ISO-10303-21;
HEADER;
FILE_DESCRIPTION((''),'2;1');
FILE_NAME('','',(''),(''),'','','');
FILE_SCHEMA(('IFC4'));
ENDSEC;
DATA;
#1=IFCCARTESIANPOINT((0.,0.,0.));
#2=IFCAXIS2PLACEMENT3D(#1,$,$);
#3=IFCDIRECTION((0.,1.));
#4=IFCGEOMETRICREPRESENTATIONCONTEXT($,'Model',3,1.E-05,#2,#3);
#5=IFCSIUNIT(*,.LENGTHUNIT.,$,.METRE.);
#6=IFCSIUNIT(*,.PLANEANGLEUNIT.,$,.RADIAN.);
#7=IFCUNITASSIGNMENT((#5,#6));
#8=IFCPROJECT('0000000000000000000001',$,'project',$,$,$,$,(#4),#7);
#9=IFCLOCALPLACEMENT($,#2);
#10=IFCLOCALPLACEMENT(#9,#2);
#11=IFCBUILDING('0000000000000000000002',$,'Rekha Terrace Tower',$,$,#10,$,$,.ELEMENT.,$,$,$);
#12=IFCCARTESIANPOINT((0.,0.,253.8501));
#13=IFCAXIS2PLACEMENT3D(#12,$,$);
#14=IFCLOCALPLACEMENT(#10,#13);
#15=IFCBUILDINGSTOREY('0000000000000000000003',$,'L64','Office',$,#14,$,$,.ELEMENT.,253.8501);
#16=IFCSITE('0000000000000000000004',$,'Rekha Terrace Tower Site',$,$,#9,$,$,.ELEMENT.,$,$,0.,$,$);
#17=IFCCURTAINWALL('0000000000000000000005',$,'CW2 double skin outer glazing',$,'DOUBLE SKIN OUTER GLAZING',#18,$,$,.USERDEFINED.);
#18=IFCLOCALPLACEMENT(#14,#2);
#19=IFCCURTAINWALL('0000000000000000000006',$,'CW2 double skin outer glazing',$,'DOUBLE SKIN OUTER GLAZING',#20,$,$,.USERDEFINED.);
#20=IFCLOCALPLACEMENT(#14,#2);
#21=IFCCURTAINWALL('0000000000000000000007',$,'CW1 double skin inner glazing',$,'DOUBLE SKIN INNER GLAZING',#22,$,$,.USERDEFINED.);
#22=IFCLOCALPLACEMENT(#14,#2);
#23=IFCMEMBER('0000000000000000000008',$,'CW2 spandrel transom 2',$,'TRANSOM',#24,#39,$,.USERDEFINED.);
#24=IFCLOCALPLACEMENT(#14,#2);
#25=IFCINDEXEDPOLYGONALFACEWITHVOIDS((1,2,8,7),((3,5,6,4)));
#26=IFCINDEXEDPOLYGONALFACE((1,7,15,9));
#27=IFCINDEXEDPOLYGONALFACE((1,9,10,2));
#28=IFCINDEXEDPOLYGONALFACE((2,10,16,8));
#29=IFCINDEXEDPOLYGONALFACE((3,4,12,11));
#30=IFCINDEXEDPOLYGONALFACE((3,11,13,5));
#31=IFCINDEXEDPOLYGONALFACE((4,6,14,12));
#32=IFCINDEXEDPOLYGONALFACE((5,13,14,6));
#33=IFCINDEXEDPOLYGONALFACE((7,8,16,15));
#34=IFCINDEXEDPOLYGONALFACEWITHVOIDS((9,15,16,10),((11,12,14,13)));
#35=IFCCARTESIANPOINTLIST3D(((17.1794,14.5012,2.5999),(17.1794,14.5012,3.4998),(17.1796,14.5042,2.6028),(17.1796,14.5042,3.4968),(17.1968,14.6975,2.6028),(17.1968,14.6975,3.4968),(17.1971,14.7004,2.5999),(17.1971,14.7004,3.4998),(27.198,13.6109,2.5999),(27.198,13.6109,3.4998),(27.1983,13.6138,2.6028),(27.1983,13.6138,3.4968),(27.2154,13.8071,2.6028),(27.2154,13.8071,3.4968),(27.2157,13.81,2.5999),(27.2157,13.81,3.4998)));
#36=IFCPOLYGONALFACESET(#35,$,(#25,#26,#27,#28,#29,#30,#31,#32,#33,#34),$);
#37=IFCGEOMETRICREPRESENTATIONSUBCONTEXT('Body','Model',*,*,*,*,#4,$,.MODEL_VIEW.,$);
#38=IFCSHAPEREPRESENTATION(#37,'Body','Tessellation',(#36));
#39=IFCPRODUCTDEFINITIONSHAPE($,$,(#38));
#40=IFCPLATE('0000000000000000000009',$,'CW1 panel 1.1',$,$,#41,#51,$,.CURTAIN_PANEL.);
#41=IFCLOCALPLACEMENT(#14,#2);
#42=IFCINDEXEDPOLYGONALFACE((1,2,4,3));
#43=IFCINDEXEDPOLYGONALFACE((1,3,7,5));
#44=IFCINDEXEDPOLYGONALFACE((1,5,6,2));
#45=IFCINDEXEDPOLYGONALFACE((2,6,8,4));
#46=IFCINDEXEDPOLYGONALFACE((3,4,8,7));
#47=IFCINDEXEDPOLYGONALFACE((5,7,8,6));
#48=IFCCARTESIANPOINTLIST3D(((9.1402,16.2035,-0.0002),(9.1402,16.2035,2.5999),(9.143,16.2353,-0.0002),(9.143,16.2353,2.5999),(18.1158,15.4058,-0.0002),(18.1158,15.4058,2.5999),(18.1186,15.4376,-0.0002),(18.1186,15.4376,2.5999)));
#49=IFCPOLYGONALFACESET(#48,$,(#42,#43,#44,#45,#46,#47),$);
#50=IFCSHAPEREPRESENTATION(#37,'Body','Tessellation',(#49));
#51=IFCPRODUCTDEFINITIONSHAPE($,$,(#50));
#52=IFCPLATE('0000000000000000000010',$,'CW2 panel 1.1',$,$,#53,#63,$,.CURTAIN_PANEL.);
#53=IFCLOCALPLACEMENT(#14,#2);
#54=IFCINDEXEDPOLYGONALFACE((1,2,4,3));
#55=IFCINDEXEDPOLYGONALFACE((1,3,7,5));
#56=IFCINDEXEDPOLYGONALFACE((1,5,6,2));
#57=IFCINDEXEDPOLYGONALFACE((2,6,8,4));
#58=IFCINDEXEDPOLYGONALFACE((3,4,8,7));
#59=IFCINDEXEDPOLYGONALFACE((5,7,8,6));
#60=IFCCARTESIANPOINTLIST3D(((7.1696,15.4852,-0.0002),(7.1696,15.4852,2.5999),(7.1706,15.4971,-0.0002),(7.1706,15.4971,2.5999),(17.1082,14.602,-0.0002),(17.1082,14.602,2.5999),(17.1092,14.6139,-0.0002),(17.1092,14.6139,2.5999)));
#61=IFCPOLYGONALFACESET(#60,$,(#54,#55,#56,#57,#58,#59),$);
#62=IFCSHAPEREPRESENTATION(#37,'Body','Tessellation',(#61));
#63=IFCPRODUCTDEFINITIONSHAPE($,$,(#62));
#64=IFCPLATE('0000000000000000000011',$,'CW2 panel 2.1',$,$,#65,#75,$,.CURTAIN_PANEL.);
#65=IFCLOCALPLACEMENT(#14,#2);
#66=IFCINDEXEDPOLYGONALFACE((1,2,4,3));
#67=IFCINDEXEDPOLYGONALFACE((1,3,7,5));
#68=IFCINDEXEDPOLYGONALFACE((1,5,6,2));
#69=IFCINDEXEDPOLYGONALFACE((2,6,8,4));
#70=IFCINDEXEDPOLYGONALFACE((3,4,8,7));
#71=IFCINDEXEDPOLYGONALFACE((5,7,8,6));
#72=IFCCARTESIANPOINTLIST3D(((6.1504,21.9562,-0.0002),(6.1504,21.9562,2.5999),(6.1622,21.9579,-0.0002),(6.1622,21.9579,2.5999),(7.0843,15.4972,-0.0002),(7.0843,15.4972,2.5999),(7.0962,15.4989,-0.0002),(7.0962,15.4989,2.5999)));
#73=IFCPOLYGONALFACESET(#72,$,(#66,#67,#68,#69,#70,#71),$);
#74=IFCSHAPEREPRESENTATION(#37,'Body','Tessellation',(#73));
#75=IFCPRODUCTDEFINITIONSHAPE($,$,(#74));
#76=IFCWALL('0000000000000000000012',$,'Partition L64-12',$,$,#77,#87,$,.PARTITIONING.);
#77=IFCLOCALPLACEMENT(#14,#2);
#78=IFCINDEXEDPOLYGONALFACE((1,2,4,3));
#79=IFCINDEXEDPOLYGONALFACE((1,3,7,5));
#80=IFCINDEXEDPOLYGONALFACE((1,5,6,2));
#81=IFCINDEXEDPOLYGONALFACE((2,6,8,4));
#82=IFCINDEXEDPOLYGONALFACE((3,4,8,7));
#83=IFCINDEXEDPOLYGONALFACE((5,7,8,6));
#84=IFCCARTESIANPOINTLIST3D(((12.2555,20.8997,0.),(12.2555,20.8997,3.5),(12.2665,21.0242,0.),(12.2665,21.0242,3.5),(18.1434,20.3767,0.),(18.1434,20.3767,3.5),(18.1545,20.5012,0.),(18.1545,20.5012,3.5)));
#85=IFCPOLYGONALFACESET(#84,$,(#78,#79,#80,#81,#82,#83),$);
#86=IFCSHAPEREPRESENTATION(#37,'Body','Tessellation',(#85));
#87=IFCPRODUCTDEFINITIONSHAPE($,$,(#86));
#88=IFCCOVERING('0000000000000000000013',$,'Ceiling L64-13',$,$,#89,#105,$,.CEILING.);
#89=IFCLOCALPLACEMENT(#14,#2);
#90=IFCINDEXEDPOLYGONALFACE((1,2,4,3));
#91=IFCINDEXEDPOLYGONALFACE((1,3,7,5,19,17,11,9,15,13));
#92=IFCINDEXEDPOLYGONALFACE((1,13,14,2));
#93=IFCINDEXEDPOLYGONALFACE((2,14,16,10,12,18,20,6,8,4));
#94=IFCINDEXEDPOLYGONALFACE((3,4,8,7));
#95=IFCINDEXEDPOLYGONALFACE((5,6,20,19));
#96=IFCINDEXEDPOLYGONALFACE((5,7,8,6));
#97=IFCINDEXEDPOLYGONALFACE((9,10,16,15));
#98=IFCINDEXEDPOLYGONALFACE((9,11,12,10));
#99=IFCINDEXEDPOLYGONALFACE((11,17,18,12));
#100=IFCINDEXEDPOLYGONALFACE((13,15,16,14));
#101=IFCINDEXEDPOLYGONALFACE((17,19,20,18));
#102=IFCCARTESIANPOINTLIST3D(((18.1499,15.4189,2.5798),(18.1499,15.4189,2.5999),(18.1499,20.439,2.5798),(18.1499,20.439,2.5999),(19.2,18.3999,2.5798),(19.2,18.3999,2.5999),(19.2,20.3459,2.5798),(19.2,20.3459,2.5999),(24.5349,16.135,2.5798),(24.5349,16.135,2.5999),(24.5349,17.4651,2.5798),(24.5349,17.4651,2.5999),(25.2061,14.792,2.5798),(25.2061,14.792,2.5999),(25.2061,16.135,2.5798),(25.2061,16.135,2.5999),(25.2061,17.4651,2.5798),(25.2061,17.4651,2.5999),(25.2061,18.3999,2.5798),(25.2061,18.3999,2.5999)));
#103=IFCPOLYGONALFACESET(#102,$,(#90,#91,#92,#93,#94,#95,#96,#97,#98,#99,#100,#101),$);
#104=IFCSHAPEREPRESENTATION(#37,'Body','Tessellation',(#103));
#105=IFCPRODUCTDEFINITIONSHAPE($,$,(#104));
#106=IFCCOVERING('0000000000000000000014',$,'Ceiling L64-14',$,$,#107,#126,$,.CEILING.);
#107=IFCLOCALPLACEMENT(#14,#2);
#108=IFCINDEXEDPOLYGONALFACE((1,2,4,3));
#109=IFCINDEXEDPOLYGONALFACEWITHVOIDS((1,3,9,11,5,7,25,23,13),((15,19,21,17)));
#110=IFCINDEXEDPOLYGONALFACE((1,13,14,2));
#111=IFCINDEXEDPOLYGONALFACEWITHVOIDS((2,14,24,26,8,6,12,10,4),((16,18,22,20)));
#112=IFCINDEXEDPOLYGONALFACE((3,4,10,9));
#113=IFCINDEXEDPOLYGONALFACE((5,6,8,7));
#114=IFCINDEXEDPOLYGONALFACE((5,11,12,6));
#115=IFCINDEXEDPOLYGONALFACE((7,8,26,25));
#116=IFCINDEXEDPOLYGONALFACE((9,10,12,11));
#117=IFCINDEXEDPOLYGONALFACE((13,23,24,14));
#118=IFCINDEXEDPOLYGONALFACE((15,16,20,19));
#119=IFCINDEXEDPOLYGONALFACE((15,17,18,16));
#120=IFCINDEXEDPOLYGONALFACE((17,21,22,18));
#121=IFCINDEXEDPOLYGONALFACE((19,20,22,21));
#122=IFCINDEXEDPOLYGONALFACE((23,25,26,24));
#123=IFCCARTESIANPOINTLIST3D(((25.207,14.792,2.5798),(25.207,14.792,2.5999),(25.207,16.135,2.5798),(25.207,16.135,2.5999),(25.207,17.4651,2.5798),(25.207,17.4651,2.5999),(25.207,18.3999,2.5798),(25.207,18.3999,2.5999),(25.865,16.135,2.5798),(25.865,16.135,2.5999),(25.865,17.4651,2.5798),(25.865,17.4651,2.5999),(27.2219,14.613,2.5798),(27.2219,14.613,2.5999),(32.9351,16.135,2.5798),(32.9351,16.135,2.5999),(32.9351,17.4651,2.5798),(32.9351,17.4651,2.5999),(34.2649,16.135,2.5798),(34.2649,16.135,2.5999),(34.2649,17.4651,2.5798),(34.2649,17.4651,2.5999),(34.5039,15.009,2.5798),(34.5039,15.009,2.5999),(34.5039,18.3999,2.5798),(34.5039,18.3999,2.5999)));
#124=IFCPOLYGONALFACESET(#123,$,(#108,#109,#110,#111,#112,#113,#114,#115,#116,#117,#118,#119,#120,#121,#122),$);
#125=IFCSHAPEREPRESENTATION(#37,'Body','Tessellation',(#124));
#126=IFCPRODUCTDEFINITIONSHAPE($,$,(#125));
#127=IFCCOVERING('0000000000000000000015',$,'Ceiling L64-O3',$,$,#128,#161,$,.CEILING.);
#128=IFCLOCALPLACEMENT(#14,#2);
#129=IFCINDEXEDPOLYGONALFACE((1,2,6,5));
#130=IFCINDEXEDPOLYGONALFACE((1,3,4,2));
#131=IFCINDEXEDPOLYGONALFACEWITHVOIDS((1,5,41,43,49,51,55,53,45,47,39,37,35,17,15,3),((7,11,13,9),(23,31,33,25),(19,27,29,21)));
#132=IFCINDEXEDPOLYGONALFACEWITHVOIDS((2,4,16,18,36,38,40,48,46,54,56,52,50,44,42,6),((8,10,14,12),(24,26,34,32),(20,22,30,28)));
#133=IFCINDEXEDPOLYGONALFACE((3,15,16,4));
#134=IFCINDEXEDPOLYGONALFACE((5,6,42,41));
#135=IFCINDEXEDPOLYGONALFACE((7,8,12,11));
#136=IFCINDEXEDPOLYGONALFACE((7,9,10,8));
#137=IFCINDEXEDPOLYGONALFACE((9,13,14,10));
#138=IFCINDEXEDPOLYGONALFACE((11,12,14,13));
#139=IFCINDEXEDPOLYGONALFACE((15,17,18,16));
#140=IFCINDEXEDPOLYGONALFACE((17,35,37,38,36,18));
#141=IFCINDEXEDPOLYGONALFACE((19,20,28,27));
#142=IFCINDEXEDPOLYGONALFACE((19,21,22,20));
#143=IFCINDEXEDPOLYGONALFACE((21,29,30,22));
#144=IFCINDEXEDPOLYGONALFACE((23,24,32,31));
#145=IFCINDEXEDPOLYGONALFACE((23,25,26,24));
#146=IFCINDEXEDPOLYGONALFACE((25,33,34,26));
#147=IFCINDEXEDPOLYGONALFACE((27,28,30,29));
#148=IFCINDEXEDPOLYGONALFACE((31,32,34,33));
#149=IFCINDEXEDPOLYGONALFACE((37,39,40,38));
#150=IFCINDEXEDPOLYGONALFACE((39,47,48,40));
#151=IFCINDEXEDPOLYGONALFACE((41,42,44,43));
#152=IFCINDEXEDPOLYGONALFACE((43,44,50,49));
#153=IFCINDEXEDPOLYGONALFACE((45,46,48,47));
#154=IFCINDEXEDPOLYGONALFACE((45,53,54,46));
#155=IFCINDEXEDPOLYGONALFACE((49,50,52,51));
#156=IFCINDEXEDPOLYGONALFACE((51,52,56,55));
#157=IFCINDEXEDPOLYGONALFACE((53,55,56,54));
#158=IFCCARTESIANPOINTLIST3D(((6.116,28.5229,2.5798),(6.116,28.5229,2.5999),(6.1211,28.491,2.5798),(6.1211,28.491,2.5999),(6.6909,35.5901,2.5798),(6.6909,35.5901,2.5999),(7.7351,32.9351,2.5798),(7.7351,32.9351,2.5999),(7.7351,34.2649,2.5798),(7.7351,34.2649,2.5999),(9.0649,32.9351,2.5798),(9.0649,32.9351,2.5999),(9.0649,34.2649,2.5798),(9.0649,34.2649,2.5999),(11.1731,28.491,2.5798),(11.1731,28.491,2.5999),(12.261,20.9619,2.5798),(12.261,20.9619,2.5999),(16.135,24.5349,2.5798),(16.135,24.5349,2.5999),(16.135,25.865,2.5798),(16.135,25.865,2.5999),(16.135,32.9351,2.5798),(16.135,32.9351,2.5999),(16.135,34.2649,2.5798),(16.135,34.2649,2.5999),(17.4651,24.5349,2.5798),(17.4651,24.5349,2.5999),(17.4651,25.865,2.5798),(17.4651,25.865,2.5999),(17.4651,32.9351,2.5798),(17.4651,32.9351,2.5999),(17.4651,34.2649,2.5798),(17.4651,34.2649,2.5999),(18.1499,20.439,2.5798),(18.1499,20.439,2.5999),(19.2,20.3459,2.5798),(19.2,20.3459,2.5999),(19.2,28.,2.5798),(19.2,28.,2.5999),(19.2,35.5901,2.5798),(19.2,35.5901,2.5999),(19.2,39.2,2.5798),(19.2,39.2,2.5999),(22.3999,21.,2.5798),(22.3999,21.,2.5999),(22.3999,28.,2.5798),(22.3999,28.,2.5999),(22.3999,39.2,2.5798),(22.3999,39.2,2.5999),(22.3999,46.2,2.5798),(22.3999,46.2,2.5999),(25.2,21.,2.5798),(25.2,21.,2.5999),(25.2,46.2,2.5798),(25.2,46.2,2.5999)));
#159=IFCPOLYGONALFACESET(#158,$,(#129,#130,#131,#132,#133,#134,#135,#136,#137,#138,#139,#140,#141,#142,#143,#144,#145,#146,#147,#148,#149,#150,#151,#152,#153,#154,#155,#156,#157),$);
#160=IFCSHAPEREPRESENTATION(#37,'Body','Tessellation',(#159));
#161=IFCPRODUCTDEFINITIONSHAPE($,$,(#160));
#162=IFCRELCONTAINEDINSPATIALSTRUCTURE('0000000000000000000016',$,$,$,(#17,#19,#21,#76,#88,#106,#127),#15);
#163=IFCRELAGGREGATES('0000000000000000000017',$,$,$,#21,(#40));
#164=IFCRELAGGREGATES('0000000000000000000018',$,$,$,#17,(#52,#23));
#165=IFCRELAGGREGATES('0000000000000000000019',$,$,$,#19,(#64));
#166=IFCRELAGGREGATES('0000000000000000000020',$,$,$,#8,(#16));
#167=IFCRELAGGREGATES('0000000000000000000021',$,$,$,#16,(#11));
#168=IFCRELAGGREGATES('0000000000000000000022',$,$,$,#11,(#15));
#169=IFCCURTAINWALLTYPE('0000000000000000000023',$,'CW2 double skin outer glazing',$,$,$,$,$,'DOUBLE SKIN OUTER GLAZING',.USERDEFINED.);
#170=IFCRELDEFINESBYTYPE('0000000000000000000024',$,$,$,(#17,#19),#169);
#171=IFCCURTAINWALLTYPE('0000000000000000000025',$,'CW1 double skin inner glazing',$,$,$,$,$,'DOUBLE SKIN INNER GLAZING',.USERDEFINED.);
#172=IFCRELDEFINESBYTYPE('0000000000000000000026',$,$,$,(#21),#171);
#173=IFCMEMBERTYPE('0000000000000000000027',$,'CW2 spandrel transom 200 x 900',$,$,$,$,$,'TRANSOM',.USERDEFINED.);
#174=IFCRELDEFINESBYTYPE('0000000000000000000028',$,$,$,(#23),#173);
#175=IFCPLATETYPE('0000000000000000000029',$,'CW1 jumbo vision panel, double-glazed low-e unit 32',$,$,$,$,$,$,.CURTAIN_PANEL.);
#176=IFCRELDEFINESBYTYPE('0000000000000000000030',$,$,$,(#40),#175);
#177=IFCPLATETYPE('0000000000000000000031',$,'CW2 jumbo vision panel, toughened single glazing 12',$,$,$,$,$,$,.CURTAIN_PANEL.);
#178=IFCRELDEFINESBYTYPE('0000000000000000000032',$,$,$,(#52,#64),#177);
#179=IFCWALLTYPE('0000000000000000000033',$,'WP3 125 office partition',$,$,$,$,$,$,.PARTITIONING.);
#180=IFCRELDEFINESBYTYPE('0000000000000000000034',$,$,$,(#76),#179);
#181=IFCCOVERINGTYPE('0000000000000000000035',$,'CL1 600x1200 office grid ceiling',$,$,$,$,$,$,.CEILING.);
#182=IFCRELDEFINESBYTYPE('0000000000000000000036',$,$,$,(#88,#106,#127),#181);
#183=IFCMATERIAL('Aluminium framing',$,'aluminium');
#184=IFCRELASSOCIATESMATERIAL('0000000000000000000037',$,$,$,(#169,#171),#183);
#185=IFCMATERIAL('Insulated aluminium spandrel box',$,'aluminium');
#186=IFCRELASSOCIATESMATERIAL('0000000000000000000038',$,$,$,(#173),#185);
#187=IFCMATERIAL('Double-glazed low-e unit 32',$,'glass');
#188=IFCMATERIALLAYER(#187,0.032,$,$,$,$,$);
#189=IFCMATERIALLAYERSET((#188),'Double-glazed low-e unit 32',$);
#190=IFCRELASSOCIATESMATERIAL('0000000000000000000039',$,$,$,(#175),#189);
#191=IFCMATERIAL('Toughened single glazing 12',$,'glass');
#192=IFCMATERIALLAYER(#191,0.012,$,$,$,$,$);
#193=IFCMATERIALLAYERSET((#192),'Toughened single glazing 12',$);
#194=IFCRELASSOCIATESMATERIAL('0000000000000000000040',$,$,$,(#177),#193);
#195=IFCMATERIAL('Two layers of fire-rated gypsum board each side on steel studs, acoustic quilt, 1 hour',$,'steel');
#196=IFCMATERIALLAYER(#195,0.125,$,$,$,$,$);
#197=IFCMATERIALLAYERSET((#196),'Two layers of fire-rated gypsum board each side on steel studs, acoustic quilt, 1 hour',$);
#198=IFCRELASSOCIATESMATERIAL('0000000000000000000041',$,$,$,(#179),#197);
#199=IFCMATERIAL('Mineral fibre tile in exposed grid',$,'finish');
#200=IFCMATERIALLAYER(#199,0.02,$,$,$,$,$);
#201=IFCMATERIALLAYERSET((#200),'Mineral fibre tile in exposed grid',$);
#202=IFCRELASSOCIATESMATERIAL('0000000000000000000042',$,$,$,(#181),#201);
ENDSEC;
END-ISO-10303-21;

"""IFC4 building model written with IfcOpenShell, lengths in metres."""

from ifc_helpers import new_model, si_unit, direction, frame, frame_2d, origin, origin_2d, place, context, subcontext, project, spatial, polyline, rectangle, hollow_rectangle, outline, extrude, material, layer, layer_set, material_profile, profile_set, type_object, element, aggregate, save


model = new_model("IFC4")

# Units and contexts
model_context = context("Model", 3, precision=1e-05, world=origin(), true_north=direction((0.0, 1.0)))
body_context = subcontext(model_context, "Body", "Model", "MODEL_VIEW")
ifc_project = project(units=[si_unit("LENGTHUNIT", "METRE"), si_unit("PLANEANGLEUNIT", "RADIAN")], contexts=[model_context])

# Site, building, storey
site_placement = place(None, origin())
site = spatial("IfcSite", under=ifc_project, at=site_placement, Name="Rekha Terrace Tower Site", CompositionType="ELEMENT", RefElevation=0.0)
building_placement = place(site_placement, origin())
building = spatial("IfcBuilding", under=site, at=building_placement, Name="Rekha Terrace Tower", CompositionType="ELEMENT")
storey_placement = place(building_placement, frame((0.0, 0.0, 253.8501)))
storey = spatial("IfcBuildingStorey", under=building, at=storey_placement, Name="L64", Description="Office", CompositionType="ELEMENT", Elevation=253.8501)

# Curtain walls
ifc_material_1 = material(Name="Aluminium framing", Category="aluminium")
curtain_wall_type_1 = type_object("IfcCurtainWallType", Name="CW2 double skin outer glazing", ElementType="DOUBLE SKIN OUTER GLAZING", PredefinedType="USERDEFINED", material=ifc_material_1)
curtain_wall_1_placement = place(storey_placement, origin())
curtain_wall_1 = element("IfcCurtainWall", 1, at=curtain_wall_1_placement, inside=storey, type_object=curtain_wall_type_1, Name="CW2 double skin outer glazing", ObjectType="DOUBLE SKIN OUTER GLAZING", PredefinedType="USERDEFINED")
curtain_wall_2_placement = place(storey_placement, origin())
curtain_wall_2 = element("IfcCurtainWall", 2, at=curtain_wall_2_placement, inside=storey, type_object=curtain_wall_type_1, Name="CW2 double skin outer glazing", ObjectType="DOUBLE SKIN OUTER GLAZING", PredefinedType="USERDEFINED")
curtain_wall_type_2 = type_object("IfcCurtainWallType", Name="CW1 double skin inner glazing", ElementType="DOUBLE SKIN INNER GLAZING", PredefinedType="USERDEFINED", material=ifc_material_1)
curtain_wall_3_placement = place(storey_placement, origin())
curtain_wall_3 = element("IfcCurtainWall", 3, at=curtain_wall_3_placement, inside=storey, type_object=curtain_wall_type_2, Name="CW1 double skin inner glazing", ObjectType="DOUBLE SKIN INNER GLAZING", PredefinedType="USERDEFINED")

# Member
ifc_material_2 = material(Name="Insulated aluminium spandrel box", Category="aluminium")
ifc_material_profile_1 = material_profile(ifc_material_2, hollow_rectangle(XDim=0.2, YDim=0.8999, WallThickness=0.0029, at=origin_2d()), Name="AL SPANDREL BOX 200x900")
ifc_profile_set_1 = profile_set([ifc_material_profile_1], Name="Insulated aluminium spandrel box")
member_type_1 = type_object("IfcMemberType", Name="CW2 spandrel transom 200 x 900", ElementType="TRANSOM", PredefinedType="USERDEFINED", material=ifc_profile_set_1)
member_1_placement = place(storey_placement, frame((17.1882, 14.6008, 3.0498), z_axis=(0.996074, -0.088524, 0.0), x_axis=(0.088524, 0.996074, 0.0)))
member_1 = element("IfcMember", 4, at=member_1_placement, type_object=member_type_1, Name="CW2 spandrel transom 2", ObjectType="TRANSOM", PredefinedType="USERDEFINED", context=body_context, shape_type="SweptSolid", body=[
    extrude(hollow_rectangle(XDim=0.2, YDim=0.8999, WallThickness=0.0029, at=origin_2d()), origin(), (0.0, 0.0, 1.0), 10.0581),
])

# Plates
ifc_material_3 = material(Name="Double-glazed low-e unit 32", Category="glass")
ifc_layer_1 = layer(ifc_material_3, 0.032)
ifc_layer_set_1 = layer_set([ifc_layer_1], Name="Double-glazed low-e unit 32")
plate_type_1 = type_object("IfcPlateType", Name="CW1 jumbo vision panel, double-glazed low-e unit 32", PredefinedType="CURTAIN_PANEL", material=ifc_layer_set_1)
plate_1_placement = place(storey_placement, frame((13.6294, 15.8206, -0.0002), z_axis=(0.0, 0.0, 1.0), x_axis=(0.996074, -0.088522, 0.0)))
plate_1 = element("IfcPlate", 5, at=plate_1_placement, type_object=plate_type_1, Name="CW1 panel 1.1", PredefinedType="CURTAIN_PANEL", context=body_context, shape_type="SweptSolid", body=[
    extrude(rectangle(XDim=9.011, YDim=0.032, at=origin_2d()), origin(), (0.0, 0.0, 1.0), 2.6001),
])
aggregate(curtain_wall_3, [plate_1])
ifc_material_4 = material(Name="Toughened single glazing 12", Category="glass")
ifc_layer_2 = layer(ifc_material_4, 0.012)
ifc_layer_set_2 = layer_set([ifc_layer_2], Name="Toughened single glazing 12")
plate_type_2 = type_object("IfcPlateType", Name="CW2 jumbo vision panel, toughened single glazing 12", PredefinedType="CURTAIN_PANEL", material=ifc_layer_set_2)
plate_2_placement = place(storey_placement, frame((12.1394, 15.0496, -0.0002), z_axis=(0.0, 0.0, 1.0), x_axis=(0.996074, -0.088522, 0.0)))
plate_2 = element("IfcPlate", 6, at=plate_2_placement, type_object=plate_type_2, Name="CW2 panel 1.1", PredefinedType="CURTAIN_PANEL", context=body_context, shape_type="SweptSolid", body=[
    extrude(rectangle(XDim=9.9778, YDim=0.012, at=origin_2d()), origin(), (0.0, 0.0, 1.0), 2.6001),
])
aggregate(curtain_wall_1, [plate_2, member_1])
plate_3_placement = place(storey_placement, frame((6.6233, 18.7275, -0.0002), z_axis=(0.0, 0.0, 1.0), x_axis=(0.143108, -0.989707, 0.0)))
plate_3 = element("IfcPlate", 7, at=plate_3_placement, type_object=plate_type_2, Name="CW2 panel 2.1", PredefinedType="CURTAIN_PANEL", context=body_context, shape_type="SweptSolid", body=[
    extrude(rectangle(XDim=6.5261, YDim=0.012, at=origin_2d()), origin(), (0.0, 0.0, 1.0), 2.6001),
])
aggregate(curtain_wall_2, [plate_3])

# Wall
ifc_material_5 = material(Name="Two layers of fire-rated gypsum board each side on steel studs, acoustic quilt, 1 hour", Category="steel")
ifc_layer_3 = layer(ifc_material_5, 0.125)
ifc_layer_set_3 = layer_set([ifc_layer_3], Name="Two layers of fire-rated gypsum board each side on steel studs, acoustic quilt, 1 hour")
wall_type = type_object("IfcWallType", Name="WP3 125 office partition", PredefinedType="PARTITIONING", material=ifc_layer_set_3)
wall_placement = place(storey_placement, frame((12.261, 20.9619, 0.0), z_axis=(0.0, 0.0, 1.0), x_axis=(0.996079, -0.088469, 0.0)))
element("IfcWall", 8, at=wall_placement, inside=storey, type_object=wall_type, Name="Partition L64-12", PredefinedType="PARTITIONING", context=body_context, shape_type="SweptSolid", body=[
    extrude(rectangle(XDim=5.9111, YDim=0.125, at=frame_2d((2.9556, 0.0))), origin(), (0.0, 0.0, 1.0), 3.5),
])

# Coverings
ifc_material_6 = material(Name="Mineral fibre tile in exposed grid", Category="finish")
ifc_layer_4 = layer(ifc_material_6, 0.02)
ifc_layer_set_4 = layer_set([ifc_layer_4], Name="Mineral fibre tile in exposed grid")
covering_type_1 = type_object("IfcCoveringType", Name="CL1 600x1200 office grid ceiling", PredefinedType="CEILING", material=ifc_layer_set_4)
covering_1_placement = place(storey_placement, frame((0.0, 0.0, 2.5798)))
element("IfcCovering", 9, at=covering_1_placement, inside=storey, type_object=covering_type_1, Name="Ceiling L64-13", PredefinedType="CEILING", context=body_context, shape_type="SweptSolid", body=[
    extrude(outline(polyline([(18.1499, 20.439), (18.1499, 15.4189), (25.2061, 14.792), (25.2061, 16.135), (24.5349, 16.135), (24.5349, 17.4651), (25.2061, 17.4651), (25.2061, 18.3999), (19.2, 18.3999), (19.2, 20.3459), (18.1499, 20.439)])), origin(), (0.0, 0.0, 1.0), 0.02),
])
covering_2_placement = place(storey_placement, frame((0.0, 0.0, 2.5798)))
element("IfcCovering", 10, at=covering_2_placement, inside=storey, type_object=covering_type_1, Name="Ceiling L64-14", PredefinedType="CEILING", context=body_context, shape_type="SweptSolid", body=[
    extrude(outline(polyline([(25.207, 14.792), (27.2219, 14.613), (34.5039, 15.009), (34.5039, 18.3999), (25.207, 18.3999), (25.207, 17.4651), (25.865, 17.4651), (25.865, 16.135), (25.207, 16.135), (25.207, 14.792)]), holes=[polyline([(34.2649, 16.135), (32.9351, 16.135), (32.9351, 17.4651), (34.2649, 17.4651), (34.2649, 16.135)])]), origin(), (0.0, 0.0, 1.0), 0.02),
])
covering_3_placement = place(storey_placement, frame((0.0, 0.0, 2.5798)))
element("IfcCovering", 11, at=covering_3_placement, inside=storey, type_object=covering_type_1, Name="Ceiling L64-O3", PredefinedType="CEILING", context=body_context, shape_type="SweptSolid", body=[
    extrude(outline(polyline([(19.2, 35.5901), (6.6909, 35.5901), (6.116, 28.5229), (6.1211, 28.491), (11.1731, 28.491), (12.261, 20.9619), (18.1499, 20.439), (19.2, 20.3459), (19.2, 28.0), (22.3999, 28.0), (22.3999, 21.0), (25.2, 21.0), (25.2, 46.2), (22.3999, 46.2), (22.3999, 39.2), (19.2, 39.2), (19.2, 35.5901)]), holes=[polyline([(17.4651, 25.865), (17.4651, 24.5349), (16.135, 24.5349), (16.135, 25.865), (17.4651, 25.865)]), polyline([(17.4651, 34.2649), (17.4651, 32.9351), (16.135, 32.9351), (16.135, 34.2649), (17.4651, 34.2649)]), polyline([(9.0649, 34.2649), (9.0649, 32.9351), (7.7351, 32.9351), (7.7351, 34.2649), (9.0649, 34.2649)])]), origin(), (0.0, 0.0, 1.0), 0.02),
])

save(model, "model.ifc")
